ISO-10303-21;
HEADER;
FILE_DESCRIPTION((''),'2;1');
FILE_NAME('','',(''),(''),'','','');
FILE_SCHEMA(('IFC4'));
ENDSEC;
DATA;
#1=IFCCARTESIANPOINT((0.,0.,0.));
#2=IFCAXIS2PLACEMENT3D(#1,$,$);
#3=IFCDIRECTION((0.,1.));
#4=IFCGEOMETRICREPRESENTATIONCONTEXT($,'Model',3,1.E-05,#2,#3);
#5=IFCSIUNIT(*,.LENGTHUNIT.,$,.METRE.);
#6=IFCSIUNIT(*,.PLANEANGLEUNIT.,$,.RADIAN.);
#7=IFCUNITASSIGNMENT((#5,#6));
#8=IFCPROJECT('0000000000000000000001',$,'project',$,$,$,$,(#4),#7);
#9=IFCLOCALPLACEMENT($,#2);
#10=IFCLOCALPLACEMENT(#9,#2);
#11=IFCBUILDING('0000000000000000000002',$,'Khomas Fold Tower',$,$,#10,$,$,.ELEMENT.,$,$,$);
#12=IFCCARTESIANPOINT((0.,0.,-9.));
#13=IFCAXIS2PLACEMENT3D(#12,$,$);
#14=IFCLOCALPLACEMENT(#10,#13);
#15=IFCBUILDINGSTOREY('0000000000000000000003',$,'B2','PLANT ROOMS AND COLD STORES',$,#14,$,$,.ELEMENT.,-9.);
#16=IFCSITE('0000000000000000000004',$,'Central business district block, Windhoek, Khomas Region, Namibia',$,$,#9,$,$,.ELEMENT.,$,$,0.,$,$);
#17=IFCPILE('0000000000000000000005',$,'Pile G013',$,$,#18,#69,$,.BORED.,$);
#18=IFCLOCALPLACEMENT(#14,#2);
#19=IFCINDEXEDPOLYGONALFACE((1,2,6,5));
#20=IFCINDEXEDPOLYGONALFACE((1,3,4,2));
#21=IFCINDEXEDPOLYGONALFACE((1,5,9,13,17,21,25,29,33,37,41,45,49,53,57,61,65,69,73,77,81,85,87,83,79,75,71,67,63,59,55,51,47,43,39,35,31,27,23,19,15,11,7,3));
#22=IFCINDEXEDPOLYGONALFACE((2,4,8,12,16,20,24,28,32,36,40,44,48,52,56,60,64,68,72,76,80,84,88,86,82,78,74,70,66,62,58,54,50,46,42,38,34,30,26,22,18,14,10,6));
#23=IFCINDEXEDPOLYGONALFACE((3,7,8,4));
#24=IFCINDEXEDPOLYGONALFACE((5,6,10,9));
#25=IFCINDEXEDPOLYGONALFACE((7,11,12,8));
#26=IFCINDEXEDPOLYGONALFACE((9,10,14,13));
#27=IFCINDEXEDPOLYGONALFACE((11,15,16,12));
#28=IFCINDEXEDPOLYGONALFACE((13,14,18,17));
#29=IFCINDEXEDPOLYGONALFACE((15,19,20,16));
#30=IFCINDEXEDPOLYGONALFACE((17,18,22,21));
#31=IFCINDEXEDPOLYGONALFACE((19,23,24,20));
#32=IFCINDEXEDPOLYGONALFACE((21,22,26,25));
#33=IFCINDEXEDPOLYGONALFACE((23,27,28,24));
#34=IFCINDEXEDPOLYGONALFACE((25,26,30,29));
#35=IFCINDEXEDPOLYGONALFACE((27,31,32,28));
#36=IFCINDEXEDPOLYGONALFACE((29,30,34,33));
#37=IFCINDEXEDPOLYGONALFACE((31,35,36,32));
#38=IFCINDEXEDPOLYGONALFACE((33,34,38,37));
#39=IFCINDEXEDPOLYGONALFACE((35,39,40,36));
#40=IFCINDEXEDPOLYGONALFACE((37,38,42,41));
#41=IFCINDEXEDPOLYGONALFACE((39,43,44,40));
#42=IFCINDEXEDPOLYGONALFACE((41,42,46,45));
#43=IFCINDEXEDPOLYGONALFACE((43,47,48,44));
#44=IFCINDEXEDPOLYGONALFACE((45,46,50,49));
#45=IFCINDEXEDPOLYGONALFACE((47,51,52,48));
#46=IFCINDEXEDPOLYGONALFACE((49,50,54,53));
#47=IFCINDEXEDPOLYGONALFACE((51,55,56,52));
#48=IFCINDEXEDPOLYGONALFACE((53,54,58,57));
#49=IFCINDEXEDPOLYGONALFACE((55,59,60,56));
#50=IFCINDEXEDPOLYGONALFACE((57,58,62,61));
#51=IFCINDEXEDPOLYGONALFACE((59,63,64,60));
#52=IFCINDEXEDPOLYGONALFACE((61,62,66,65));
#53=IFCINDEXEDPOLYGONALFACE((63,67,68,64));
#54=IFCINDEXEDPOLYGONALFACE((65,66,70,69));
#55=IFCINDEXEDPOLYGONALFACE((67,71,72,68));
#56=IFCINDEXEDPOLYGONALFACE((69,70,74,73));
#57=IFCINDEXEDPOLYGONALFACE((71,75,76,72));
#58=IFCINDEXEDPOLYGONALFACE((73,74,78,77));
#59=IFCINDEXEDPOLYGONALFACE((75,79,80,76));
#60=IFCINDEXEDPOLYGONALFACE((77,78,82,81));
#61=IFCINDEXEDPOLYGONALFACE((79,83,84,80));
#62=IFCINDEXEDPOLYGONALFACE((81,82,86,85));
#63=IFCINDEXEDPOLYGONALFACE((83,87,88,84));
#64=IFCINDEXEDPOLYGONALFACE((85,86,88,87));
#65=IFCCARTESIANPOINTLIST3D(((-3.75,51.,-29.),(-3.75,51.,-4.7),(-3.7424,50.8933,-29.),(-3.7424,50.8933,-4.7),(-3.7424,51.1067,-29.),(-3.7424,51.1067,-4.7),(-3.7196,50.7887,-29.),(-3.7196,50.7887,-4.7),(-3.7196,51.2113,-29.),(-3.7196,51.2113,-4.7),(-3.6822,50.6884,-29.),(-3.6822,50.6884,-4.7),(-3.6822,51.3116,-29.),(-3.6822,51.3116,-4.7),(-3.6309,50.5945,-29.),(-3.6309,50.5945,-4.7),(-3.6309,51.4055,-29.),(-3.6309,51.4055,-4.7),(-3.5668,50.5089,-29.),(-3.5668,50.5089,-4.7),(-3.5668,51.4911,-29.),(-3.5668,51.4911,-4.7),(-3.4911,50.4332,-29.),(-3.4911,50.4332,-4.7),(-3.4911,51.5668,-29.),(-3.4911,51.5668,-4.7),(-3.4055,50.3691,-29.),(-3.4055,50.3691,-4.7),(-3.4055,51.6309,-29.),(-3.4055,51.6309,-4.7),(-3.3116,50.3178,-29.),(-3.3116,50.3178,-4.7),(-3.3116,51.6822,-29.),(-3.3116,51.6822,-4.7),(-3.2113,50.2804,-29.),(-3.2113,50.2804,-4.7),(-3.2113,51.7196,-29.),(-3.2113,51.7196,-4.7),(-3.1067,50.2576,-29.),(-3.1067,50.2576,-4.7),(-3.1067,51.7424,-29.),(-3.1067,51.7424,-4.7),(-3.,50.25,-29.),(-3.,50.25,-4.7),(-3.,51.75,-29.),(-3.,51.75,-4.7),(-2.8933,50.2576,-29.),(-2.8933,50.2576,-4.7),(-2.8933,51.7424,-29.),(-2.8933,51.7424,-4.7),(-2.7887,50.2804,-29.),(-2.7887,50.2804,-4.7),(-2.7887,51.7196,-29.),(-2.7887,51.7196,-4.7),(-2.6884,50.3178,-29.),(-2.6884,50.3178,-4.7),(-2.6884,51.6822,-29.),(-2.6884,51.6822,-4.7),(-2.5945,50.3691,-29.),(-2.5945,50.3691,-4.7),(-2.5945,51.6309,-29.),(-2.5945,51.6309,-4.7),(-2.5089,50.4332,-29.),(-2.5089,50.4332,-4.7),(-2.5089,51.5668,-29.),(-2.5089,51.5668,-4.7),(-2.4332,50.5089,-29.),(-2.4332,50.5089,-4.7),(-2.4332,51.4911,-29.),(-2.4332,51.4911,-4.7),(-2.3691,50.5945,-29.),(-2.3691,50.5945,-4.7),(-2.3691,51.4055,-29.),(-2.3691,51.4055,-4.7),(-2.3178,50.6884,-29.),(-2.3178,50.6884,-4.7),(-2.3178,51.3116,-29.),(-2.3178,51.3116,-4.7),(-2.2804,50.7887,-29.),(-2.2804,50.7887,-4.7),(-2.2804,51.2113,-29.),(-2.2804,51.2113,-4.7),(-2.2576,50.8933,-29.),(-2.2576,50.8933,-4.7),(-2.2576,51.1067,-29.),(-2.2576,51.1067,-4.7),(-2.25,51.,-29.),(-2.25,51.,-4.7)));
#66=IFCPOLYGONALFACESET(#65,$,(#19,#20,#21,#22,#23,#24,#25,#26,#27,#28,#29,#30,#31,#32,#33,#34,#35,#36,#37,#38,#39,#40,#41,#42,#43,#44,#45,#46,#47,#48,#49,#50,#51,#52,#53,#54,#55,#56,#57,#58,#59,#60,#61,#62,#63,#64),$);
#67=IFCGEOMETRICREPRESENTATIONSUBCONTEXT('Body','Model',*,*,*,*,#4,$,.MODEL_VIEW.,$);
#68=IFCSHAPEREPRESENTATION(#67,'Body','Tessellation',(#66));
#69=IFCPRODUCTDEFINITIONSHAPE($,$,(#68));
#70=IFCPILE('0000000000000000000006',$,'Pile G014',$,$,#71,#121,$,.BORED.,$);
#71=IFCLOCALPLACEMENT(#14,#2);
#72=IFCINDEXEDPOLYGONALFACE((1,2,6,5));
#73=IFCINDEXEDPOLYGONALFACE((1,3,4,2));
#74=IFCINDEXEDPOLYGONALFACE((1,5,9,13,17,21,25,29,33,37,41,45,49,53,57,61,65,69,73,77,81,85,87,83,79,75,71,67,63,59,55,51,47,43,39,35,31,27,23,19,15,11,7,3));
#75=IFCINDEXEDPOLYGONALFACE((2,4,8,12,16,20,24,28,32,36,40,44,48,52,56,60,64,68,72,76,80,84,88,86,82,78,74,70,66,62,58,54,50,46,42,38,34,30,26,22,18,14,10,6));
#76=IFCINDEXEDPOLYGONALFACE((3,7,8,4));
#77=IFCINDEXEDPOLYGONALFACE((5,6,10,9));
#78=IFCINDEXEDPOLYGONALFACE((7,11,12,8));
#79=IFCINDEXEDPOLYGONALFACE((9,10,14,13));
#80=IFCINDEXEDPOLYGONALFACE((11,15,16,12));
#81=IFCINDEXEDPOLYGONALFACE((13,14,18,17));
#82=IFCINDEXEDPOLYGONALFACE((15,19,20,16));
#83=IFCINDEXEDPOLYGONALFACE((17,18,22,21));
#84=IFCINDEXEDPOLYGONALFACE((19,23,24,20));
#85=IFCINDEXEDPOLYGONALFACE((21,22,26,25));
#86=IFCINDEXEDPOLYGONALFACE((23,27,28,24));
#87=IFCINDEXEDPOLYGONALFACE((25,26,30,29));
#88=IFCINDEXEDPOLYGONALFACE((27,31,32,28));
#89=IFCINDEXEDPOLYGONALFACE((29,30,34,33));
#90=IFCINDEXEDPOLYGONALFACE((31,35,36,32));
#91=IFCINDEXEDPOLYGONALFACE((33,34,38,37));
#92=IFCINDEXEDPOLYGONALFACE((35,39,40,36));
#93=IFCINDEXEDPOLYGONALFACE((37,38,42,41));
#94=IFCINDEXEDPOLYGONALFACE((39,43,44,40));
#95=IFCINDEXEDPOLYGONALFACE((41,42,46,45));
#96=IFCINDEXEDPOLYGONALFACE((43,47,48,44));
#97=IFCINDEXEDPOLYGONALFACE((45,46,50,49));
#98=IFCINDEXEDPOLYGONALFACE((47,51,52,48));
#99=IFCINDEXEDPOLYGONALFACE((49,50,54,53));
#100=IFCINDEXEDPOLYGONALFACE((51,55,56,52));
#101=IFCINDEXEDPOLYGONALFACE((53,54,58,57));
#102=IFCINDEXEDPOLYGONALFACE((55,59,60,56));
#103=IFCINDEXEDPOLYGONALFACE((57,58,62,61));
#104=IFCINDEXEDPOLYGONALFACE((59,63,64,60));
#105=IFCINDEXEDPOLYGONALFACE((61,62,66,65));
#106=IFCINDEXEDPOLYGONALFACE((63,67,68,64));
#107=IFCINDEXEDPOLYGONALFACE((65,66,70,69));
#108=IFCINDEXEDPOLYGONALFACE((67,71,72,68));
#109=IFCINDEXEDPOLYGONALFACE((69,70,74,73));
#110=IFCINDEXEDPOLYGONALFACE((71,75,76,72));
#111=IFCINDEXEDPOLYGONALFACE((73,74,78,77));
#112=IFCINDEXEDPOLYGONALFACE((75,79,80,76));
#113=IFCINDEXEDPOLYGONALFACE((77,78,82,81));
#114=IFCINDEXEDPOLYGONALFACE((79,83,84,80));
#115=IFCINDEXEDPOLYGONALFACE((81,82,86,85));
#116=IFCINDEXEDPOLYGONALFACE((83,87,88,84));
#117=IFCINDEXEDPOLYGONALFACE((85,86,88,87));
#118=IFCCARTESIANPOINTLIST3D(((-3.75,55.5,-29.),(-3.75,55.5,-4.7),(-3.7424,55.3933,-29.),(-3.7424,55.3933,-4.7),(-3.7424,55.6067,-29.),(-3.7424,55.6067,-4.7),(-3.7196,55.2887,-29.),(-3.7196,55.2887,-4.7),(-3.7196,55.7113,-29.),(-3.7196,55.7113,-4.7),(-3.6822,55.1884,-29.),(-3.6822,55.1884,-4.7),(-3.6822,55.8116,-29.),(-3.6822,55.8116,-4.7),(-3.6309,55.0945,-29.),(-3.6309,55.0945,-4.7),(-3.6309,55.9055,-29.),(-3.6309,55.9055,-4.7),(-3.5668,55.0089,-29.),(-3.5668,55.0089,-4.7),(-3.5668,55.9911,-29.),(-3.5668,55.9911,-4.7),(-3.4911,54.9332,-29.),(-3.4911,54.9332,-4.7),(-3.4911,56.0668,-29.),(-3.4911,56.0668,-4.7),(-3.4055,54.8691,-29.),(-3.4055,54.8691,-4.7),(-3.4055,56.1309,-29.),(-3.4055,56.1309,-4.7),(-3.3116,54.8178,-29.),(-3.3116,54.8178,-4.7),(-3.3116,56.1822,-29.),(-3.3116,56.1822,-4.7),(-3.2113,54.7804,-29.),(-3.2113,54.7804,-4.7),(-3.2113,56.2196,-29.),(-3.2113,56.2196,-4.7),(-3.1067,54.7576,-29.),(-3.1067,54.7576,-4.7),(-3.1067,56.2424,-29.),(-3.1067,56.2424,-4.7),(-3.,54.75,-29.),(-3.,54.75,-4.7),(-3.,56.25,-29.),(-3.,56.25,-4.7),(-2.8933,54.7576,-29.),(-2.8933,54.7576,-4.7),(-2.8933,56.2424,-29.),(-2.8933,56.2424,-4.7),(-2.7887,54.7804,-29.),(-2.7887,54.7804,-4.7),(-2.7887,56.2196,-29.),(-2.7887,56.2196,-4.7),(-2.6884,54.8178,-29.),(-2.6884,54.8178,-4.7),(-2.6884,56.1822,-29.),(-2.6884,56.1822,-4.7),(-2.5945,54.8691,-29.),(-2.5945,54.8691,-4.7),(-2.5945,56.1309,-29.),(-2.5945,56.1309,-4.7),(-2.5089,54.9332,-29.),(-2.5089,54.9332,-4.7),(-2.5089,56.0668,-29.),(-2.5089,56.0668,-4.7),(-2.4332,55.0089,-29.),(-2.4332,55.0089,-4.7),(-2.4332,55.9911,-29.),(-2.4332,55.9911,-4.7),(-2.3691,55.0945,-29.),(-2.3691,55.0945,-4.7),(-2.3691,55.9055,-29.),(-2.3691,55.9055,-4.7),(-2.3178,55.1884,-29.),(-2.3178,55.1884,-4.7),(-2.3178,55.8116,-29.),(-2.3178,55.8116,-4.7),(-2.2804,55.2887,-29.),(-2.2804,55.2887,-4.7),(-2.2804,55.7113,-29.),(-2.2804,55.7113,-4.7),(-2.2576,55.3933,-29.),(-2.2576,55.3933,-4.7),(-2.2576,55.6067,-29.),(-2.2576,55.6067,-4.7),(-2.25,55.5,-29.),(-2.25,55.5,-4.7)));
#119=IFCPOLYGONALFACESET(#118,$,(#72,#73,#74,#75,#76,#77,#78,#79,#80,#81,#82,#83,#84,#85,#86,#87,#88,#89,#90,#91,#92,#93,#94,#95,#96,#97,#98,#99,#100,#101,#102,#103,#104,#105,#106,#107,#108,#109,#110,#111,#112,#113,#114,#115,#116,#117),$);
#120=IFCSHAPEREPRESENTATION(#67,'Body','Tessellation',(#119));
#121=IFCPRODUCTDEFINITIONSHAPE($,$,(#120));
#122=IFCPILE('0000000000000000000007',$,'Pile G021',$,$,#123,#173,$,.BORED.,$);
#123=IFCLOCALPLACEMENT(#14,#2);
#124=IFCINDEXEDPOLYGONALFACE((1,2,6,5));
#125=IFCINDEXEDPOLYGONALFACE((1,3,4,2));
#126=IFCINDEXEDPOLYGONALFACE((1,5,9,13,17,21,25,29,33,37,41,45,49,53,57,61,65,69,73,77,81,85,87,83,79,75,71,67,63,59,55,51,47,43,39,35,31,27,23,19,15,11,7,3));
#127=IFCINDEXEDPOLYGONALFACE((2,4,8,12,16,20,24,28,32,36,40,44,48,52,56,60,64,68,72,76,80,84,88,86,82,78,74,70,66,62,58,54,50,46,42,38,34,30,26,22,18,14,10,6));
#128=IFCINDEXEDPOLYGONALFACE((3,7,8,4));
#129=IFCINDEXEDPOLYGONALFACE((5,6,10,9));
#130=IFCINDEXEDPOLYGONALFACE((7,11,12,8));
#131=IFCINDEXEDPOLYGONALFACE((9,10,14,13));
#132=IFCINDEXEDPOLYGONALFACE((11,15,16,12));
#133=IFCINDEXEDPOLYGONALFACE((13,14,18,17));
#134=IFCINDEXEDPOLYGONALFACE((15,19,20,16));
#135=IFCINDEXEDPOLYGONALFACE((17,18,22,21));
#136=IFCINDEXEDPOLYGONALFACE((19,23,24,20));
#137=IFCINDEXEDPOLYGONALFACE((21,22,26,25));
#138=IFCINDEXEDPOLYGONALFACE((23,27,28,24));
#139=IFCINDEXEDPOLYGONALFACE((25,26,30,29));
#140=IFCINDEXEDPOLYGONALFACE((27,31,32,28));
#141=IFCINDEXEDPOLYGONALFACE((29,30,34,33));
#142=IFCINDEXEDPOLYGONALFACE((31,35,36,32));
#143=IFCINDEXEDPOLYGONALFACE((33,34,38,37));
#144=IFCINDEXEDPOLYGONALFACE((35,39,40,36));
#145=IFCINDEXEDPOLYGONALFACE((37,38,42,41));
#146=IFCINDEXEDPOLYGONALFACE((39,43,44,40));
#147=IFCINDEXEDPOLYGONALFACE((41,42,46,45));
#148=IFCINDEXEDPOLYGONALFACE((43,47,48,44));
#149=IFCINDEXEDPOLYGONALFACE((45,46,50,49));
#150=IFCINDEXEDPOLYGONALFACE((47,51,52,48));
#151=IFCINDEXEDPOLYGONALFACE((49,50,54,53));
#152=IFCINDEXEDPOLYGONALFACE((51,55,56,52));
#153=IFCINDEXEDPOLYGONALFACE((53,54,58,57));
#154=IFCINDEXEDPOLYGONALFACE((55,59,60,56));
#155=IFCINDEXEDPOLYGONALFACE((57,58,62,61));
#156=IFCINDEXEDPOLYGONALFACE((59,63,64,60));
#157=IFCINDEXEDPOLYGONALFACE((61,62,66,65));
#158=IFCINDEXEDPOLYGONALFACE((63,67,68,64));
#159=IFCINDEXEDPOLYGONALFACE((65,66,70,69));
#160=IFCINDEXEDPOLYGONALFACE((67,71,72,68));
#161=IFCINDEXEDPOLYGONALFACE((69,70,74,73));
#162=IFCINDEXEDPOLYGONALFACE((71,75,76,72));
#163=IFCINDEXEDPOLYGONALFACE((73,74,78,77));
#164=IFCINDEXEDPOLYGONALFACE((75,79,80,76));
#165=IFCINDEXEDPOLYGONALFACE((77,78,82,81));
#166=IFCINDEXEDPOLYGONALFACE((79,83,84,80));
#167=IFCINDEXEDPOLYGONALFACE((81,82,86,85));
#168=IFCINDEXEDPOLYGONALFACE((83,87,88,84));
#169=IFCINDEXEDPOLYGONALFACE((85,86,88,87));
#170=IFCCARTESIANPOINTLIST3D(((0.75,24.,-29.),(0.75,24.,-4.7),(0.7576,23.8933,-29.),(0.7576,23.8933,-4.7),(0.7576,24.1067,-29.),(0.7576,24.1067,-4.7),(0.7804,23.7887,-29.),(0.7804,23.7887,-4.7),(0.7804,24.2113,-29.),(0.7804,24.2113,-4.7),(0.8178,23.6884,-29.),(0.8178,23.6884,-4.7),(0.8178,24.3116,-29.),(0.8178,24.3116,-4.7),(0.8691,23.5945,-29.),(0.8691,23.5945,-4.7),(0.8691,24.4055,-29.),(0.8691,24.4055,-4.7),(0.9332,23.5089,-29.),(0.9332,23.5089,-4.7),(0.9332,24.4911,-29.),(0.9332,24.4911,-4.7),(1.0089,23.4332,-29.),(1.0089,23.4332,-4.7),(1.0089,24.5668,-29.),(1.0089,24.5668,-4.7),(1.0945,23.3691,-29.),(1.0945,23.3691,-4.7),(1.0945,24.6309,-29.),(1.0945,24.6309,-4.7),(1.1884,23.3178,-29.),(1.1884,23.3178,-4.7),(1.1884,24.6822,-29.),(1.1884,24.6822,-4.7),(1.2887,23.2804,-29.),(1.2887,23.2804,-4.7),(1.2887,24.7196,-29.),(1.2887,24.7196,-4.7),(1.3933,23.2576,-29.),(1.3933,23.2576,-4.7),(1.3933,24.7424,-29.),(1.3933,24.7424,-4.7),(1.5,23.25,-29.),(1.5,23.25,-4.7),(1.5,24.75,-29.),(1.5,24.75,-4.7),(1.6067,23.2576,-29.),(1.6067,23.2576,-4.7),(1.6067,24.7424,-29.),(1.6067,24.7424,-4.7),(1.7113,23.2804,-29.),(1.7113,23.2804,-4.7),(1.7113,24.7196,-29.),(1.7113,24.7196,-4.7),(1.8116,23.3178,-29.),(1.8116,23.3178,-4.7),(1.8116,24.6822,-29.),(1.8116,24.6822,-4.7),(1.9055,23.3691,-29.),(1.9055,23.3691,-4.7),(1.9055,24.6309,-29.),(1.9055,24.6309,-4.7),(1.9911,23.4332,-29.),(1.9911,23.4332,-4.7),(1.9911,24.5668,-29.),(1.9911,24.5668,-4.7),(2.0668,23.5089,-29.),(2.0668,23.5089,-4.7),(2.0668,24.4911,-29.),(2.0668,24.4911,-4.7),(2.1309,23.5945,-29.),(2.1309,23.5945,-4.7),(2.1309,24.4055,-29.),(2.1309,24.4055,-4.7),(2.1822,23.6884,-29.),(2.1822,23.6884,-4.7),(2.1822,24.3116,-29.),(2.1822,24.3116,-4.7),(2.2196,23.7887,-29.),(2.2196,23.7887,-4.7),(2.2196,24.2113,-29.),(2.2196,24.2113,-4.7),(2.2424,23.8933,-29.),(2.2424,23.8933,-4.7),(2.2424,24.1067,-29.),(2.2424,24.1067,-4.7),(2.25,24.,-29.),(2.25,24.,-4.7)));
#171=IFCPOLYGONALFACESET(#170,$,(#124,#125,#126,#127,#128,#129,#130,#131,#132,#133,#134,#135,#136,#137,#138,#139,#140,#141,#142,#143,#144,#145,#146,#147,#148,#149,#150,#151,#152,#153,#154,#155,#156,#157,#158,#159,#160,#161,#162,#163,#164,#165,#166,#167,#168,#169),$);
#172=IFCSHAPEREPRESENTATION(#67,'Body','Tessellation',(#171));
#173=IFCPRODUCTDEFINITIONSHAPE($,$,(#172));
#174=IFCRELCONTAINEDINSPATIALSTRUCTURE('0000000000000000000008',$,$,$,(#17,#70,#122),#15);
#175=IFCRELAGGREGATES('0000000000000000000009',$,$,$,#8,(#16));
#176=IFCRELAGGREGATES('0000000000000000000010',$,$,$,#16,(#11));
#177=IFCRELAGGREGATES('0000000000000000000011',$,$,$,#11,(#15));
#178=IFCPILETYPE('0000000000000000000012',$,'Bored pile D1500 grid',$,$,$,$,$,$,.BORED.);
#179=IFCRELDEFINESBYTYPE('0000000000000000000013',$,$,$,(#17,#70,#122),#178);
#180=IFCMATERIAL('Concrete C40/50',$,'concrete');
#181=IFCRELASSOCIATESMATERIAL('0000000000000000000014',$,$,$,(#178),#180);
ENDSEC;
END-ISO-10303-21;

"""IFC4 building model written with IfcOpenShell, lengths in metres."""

from ifc_helpers import new_model, si_unit, direction, frame, origin, origin_2d, place, context, subcontext, project, spatial, circle, extrude, source, transform, mapped, material, material_profile, profile_set, type_object, element, save


model = new_model("IFC4")

# Units and contexts
model_context = context("Model", 3, precision=1e-05, world=origin(), true_north=direction((0.0, 1.0)))
body_context = subcontext(model_context, "Body", "Model", "MODEL_VIEW")
ifc_project = project(units=[si_unit("LENGTHUNIT", "METRE"), si_unit("PLANEANGLEUNIT", "RADIAN")], contexts=[model_context])

# Site, building, storey
site_placement = place(None, origin())
site = spatial("IfcSite", under=ifc_project, at=site_placement, Name="Central business district block, Windhoek, Khomas Region, Namibia", CompositionType="ELEMENT", RefElevation=0.0)
building_placement = place(site_placement, origin())
building = spatial("IfcBuilding", under=site, at=building_placement, Name="Khomas Fold Tower", CompositionType="ELEMENT")
storey_placement = place(building_placement, frame((0.0, 0.0, -9.0)))
storey = spatial("IfcBuildingStorey", under=building, at=storey_placement, Name="B2", Description="PLANT ROOMS AND COLD STORES", CompositionType="ELEMENT", Elevation=-9.0)

# Piles
ifc_material_1 = material(Name="Concrete C40/50", Category="concrete")
ifc_material_profile_1 = material_profile(ifc_material_1, circle(Radius=0.75, at=origin_2d()), Name="PILE D1500")
ifc_profile_set_1 = profile_set([ifc_material_profile_1], Name="Concrete C40/50")
pile_type = type_object("IfcPileType", Name="Bored pile D1500 grid", PredefinedType="BORED", material=ifc_profile_set_1)
shared_shape_1 = source(origin(), body_context, "Body", "SweptSolid", [
    extrude(circle(Radius=0.75, at=origin_2d()), origin(), (0.0, 0.0, 1.0), 24.3),
])
for number, where, z_axis, x_axis, name in (
    (1, (-3.0, 51.0, -4.7), (0.0, 0.0, -1.0), (1.0, 0.0, 0.0), "Pile G013"),
    (2, (-3.0, 55.5, -4.7), (0.0, 0.0, -1.0), (1.0, 0.0, 0.0), "Pile G014"),
    (3, (1.5, 24.0, -4.7), (0.0, 0.0, -1.0), (1.0, 0.0, 0.0), "Pile G021"),
):
    element("IfcPile", number, at=place(storey_placement, frame(where, z_axis=z_axis, x_axis=x_axis)), inside=storey, type_object=pile_type, Name=name, PredefinedType="BORED", context=body_context, shape_type="MappedRepresentation", body=[
        mapped(shared_shape_1, transform((0.0, 0.0, 0.0))),
    ])

save(model, "model.ifc")
